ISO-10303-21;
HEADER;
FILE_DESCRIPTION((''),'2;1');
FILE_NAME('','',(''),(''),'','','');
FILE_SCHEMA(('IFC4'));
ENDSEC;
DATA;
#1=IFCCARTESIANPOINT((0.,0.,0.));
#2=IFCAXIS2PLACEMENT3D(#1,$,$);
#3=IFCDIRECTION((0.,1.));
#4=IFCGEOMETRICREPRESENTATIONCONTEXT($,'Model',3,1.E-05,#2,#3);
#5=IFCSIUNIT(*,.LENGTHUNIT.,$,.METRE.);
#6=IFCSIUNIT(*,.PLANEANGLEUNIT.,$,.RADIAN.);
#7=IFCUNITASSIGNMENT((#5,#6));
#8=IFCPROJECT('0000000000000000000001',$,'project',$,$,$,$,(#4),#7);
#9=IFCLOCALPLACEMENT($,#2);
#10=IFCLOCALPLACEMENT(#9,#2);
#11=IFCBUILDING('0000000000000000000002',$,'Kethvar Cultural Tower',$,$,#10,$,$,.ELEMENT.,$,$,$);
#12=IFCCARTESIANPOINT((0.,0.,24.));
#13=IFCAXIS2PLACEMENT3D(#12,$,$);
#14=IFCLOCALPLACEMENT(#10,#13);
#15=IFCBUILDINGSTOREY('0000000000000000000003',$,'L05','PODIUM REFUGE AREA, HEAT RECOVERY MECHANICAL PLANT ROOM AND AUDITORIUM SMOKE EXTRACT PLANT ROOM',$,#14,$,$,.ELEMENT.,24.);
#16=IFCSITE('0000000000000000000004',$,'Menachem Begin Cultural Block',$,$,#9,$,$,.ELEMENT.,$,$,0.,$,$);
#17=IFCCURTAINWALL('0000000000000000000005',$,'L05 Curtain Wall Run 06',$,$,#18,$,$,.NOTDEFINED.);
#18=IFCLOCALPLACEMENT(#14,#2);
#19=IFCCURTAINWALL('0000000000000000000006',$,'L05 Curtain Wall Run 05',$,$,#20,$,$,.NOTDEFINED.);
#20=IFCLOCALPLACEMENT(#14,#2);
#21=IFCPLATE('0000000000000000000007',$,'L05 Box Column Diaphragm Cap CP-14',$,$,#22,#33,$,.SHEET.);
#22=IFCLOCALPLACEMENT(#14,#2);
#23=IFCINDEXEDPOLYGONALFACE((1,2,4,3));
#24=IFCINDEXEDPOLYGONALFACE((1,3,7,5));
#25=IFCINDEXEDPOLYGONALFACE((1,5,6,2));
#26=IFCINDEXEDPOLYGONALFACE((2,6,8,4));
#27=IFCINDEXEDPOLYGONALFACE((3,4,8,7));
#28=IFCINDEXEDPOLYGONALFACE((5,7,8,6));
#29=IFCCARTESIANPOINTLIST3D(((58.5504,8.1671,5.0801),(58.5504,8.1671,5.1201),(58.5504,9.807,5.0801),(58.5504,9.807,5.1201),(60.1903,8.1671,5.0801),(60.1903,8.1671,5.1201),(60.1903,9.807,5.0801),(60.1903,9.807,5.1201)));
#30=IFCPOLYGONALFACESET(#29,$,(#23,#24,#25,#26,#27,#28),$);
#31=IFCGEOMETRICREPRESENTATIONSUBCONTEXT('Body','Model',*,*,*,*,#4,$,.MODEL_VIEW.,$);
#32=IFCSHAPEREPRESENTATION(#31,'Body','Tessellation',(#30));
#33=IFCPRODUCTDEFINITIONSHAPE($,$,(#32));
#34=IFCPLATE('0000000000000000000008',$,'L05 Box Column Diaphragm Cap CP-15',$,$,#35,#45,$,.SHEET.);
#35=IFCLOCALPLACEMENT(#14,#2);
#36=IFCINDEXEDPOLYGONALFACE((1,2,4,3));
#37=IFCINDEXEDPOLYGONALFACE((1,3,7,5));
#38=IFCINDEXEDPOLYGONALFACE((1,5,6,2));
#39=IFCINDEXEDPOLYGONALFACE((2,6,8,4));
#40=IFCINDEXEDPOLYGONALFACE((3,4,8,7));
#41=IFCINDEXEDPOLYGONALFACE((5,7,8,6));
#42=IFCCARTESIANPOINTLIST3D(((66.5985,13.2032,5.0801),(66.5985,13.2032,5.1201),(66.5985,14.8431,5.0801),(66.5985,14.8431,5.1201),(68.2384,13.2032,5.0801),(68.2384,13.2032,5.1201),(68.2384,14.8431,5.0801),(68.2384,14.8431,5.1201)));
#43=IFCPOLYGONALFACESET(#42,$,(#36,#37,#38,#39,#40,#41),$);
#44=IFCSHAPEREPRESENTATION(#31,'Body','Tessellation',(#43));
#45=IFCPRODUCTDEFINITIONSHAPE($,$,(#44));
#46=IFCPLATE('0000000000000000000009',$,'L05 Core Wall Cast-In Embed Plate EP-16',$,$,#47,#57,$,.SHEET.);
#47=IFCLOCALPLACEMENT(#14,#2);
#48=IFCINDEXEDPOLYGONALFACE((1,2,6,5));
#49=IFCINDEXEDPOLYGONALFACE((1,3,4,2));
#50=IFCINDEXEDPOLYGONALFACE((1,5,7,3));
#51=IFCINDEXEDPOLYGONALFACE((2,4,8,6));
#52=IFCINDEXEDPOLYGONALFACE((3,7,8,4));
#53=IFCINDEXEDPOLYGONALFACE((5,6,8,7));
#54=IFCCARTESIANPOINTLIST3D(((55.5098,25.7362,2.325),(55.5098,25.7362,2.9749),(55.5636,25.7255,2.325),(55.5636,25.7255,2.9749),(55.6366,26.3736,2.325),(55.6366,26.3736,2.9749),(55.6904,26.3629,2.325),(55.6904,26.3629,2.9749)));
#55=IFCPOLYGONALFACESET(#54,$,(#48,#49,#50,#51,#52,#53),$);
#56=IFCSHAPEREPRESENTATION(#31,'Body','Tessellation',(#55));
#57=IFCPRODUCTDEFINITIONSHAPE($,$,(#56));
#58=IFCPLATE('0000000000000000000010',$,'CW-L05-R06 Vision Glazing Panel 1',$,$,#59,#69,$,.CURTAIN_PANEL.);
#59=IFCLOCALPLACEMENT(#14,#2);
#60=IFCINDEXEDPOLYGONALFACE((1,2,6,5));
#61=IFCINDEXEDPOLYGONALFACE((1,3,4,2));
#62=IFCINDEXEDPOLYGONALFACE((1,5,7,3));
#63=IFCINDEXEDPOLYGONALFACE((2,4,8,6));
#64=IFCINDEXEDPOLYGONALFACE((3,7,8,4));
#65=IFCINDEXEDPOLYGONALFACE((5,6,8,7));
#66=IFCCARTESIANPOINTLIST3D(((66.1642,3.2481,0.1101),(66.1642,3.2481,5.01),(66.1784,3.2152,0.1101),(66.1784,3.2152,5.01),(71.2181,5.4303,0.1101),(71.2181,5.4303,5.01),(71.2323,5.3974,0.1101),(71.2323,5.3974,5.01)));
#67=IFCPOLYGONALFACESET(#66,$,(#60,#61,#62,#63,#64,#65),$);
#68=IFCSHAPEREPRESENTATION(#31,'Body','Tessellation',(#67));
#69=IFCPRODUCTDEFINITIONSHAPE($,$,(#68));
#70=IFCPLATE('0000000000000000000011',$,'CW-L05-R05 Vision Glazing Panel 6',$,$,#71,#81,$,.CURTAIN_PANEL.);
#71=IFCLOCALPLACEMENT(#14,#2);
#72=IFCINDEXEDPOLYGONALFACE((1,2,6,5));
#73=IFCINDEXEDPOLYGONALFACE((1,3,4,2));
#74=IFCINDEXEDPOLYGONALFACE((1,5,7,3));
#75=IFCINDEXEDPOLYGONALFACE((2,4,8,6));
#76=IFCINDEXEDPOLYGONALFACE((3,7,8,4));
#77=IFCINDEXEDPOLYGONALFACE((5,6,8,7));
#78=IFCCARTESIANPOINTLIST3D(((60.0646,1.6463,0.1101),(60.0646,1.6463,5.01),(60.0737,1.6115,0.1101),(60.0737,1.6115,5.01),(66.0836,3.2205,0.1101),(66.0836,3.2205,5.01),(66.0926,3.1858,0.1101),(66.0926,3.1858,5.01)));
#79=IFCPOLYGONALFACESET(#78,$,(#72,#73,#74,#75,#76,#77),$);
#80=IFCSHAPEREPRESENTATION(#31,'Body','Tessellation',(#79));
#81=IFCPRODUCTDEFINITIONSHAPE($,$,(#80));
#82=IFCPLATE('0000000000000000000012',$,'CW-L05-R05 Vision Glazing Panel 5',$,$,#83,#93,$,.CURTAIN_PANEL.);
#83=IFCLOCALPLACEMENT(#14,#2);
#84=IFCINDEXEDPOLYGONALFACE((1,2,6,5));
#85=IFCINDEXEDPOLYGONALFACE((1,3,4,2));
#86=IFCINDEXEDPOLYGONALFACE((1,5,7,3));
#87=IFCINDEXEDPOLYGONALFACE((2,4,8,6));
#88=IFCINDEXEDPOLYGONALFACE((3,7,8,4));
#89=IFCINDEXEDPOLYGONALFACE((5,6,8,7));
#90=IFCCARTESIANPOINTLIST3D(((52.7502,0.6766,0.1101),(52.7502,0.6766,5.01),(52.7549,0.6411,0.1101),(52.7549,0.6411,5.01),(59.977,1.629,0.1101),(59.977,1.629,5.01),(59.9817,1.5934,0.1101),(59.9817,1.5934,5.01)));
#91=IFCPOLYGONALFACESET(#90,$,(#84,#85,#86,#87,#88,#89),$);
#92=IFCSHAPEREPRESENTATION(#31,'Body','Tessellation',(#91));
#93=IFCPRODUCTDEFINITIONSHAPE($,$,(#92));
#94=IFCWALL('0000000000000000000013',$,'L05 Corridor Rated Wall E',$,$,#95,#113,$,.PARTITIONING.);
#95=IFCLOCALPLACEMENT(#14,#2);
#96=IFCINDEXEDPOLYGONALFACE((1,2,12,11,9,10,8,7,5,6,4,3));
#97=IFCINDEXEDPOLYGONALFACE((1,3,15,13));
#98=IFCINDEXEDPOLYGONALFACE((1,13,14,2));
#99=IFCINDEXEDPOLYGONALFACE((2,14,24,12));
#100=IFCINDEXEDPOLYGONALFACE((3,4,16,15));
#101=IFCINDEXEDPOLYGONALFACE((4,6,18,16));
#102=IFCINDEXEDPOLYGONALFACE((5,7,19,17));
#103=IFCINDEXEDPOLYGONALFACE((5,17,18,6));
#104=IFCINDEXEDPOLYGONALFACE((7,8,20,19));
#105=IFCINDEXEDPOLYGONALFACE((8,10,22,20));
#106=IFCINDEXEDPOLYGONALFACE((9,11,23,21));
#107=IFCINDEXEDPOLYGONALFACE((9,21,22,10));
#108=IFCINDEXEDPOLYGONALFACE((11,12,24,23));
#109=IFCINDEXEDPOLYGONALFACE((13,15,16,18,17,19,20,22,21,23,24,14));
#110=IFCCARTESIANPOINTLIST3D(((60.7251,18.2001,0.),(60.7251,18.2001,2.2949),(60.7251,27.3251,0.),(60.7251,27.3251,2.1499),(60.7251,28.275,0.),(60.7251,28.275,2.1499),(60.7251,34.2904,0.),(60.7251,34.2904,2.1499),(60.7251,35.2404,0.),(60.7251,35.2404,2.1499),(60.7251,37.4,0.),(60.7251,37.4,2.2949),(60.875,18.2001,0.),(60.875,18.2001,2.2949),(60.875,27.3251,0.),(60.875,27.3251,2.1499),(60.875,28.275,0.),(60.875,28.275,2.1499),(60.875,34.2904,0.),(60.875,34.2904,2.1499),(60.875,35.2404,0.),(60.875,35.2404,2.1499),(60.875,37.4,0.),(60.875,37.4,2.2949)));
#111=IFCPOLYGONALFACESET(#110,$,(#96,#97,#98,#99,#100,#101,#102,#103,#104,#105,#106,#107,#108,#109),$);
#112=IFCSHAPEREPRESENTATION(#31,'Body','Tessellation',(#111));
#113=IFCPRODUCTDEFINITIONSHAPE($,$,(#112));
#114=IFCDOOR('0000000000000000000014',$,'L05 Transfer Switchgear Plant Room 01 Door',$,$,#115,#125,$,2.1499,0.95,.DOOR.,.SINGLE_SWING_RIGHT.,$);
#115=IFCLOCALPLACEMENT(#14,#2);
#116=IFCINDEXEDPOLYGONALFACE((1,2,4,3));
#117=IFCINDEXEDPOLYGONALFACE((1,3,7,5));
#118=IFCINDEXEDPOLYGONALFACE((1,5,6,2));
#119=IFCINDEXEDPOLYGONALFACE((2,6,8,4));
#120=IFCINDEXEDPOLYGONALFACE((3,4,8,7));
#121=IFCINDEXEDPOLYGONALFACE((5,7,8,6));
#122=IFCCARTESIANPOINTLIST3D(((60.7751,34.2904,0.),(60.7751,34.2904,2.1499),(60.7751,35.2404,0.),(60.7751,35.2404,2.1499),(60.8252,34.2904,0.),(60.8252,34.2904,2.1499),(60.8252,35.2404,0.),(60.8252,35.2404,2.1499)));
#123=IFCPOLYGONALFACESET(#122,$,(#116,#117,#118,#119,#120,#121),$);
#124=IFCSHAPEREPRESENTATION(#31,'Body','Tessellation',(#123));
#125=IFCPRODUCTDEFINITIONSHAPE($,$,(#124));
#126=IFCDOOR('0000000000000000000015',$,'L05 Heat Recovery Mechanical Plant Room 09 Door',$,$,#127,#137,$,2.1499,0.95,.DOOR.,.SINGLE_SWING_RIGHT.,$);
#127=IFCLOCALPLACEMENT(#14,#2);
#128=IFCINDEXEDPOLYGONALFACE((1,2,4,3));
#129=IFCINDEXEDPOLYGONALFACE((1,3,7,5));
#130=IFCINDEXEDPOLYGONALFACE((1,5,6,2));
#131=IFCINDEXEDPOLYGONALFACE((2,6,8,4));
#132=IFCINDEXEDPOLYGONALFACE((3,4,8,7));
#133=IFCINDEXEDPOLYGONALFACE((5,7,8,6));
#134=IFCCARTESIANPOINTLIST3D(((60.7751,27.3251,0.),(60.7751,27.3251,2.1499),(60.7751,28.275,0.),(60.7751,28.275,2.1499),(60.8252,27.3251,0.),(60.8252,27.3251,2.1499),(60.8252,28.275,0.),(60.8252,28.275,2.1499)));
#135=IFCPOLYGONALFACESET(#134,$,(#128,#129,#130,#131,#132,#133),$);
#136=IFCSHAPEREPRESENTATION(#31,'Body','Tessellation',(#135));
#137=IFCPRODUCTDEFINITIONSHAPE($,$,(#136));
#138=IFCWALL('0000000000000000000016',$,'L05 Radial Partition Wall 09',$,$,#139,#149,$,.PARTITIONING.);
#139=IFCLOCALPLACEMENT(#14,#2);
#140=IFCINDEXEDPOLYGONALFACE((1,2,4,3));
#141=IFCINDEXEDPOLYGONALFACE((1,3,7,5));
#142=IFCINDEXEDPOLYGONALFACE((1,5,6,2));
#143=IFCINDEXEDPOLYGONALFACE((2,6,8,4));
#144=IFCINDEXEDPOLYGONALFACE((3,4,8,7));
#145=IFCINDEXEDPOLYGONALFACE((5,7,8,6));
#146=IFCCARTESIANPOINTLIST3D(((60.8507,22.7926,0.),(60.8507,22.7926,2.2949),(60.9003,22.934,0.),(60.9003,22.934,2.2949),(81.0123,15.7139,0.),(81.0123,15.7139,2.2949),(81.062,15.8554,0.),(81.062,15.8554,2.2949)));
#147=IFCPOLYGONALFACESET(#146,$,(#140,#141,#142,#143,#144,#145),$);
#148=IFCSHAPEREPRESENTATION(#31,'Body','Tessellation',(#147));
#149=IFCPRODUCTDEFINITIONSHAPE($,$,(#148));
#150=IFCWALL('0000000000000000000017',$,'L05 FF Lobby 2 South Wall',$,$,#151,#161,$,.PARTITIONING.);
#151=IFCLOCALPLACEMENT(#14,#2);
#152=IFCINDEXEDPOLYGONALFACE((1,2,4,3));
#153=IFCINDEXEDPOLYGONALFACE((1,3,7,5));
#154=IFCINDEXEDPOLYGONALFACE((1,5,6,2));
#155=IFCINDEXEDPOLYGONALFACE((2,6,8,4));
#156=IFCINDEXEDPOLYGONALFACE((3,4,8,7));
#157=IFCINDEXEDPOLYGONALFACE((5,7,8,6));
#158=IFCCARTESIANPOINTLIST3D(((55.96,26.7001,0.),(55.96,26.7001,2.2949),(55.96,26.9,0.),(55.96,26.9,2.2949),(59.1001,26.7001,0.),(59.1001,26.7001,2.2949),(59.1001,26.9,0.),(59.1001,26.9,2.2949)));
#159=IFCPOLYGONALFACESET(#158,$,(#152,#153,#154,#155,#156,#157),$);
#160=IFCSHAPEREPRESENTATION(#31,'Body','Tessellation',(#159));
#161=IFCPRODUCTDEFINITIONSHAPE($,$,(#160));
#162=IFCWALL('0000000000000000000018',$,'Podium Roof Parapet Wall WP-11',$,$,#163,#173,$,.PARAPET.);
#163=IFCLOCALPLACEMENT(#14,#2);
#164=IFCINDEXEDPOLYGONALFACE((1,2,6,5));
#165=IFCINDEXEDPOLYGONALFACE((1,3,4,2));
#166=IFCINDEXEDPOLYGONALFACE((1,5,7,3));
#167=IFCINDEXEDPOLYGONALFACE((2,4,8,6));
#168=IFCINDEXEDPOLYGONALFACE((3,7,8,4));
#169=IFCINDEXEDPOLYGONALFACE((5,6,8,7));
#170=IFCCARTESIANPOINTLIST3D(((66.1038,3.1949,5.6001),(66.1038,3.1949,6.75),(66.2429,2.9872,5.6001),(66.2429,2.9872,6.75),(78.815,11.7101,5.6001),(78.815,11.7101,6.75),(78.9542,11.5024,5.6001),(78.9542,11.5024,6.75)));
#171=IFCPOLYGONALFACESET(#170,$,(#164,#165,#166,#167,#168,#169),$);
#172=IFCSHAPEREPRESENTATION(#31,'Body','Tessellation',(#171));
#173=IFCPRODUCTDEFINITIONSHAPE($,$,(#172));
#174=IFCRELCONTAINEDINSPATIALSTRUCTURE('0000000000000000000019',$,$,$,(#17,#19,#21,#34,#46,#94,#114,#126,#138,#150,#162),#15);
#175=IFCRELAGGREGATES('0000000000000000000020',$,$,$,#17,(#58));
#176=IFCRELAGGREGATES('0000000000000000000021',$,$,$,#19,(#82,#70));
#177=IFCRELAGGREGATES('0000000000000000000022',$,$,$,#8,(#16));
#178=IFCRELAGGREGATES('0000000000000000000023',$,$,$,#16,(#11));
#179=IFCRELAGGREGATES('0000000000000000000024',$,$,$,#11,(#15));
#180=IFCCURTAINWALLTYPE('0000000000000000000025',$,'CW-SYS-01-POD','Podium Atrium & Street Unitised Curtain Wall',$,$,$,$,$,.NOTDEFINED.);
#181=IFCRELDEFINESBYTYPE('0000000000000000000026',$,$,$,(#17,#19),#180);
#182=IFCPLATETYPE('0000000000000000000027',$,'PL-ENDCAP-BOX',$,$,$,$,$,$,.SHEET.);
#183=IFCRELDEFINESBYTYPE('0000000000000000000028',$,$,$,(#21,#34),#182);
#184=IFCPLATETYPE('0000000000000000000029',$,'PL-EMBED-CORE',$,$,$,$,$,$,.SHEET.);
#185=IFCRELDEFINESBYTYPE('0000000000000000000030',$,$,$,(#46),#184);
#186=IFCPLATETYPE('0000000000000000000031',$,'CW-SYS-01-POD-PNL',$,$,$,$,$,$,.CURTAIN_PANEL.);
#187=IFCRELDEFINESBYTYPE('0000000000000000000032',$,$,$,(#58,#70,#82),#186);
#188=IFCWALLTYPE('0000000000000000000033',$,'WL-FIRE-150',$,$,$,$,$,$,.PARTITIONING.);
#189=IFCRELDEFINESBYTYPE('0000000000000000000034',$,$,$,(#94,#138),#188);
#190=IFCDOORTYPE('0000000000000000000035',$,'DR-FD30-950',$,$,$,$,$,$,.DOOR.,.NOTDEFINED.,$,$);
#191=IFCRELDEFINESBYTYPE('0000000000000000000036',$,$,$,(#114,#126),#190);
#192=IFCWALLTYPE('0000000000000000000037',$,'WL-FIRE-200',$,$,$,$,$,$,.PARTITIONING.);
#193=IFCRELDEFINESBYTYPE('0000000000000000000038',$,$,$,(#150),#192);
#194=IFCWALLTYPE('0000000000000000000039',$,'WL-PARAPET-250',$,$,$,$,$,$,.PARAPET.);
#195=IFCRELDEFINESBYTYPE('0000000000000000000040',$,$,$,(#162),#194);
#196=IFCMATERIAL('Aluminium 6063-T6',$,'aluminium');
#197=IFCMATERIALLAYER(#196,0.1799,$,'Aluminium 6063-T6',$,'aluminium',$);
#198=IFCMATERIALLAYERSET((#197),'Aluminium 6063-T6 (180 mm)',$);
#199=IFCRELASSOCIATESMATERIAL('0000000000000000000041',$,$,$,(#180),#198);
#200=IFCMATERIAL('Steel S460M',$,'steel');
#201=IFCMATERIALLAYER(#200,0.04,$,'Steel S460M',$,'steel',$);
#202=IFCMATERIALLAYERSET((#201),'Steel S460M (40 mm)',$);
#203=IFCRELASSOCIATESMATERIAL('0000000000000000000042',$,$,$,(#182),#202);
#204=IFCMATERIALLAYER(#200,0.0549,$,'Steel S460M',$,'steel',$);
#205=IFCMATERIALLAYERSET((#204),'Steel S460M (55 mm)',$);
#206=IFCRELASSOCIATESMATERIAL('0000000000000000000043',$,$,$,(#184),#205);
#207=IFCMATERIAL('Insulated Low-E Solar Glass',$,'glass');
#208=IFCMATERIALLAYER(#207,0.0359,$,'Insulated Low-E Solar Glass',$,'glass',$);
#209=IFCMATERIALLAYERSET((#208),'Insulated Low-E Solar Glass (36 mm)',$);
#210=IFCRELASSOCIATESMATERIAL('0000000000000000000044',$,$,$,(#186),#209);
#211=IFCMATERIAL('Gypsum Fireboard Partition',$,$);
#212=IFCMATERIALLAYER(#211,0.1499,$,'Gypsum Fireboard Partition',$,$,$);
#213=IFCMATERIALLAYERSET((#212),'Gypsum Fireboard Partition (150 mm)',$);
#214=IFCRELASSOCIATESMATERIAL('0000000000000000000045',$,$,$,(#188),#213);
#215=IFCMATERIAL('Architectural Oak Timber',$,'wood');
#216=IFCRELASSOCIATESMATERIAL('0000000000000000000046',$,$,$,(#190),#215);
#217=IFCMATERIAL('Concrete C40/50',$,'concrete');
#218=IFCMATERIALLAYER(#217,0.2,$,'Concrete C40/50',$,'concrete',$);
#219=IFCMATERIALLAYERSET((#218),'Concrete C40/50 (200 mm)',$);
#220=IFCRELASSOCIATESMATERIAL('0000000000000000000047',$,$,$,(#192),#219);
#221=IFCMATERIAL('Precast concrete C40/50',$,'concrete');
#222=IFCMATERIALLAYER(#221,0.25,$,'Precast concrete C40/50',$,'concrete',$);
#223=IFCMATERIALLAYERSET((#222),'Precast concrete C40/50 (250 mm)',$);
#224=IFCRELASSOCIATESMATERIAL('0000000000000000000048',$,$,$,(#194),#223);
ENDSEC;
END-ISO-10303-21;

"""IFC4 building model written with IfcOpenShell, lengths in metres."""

from ifc_helpers import new_model, si_unit, direction, frame, frame_2d, origin, origin_2d, place, context, subcontext, project, spatial, rectangle, extrude, source, transform, mapped, material, layer, layer_set, type_object, element, fill, aggregate, save


model = new_model("IFC4")

# Units and contexts
model_context = context("Model", 3, precision=1e-05, world=origin(), true_north=direction((0.0, 1.0)))
body_context = subcontext(model_context, "Body", "Model", "MODEL_VIEW")
ifc_project = project(units=[si_unit("LENGTHUNIT", "METRE"), si_unit("PLANEANGLEUNIT", "RADIAN")], contexts=[model_context])

# Site, building, storey
site_placement = place(None, origin())
site = spatial("IfcSite", under=ifc_project, at=site_placement, Name="Menachem Begin Cultural Block", CompositionType="ELEMENT", RefElevation=0.0)
building_placement = place(site_placement, origin())
building = spatial("IfcBuilding", under=site, at=building_placement, Name="Kethvar Cultural Tower", CompositionType="ELEMENT")
storey_placement = place(building_placement, frame((0.0, 0.0, 24.0)))
storey = spatial("IfcBuildingStorey", under=building, at=storey_placement, Name="L05", Description="PODIUM REFUGE AREA, HEAT RECOVERY MECHANICAL PLANT ROOM AND AUDITORIUM SMOKE EXTRACT PLANT ROOM", CompositionType="ELEMENT", Elevation=24.0)

# Shared definitions
ifc_material_1 = material(Name="Steel S460M", Category="steel")

# Curtain walls
ifc_material_2 = material(Name="Aluminium 6063-T6", Category="aluminium")
ifc_layer_1 = layer(ifc_material_2, 0.1799, Name="Aluminium 6063-T6", Category="aluminium")
ifc_layer_set_1 = layer_set([ifc_layer_1], Name="Aluminium 6063-T6 (180 mm)")
curtain_wall_type = type_object("IfcCurtainWallType", Name="CW-SYS-01-POD", Description="Podium Atrium & Street Unitised Curtain Wall", PredefinedType="NOTDEFINED", material=ifc_layer_set_1)
curtain_wall_1_placement = place(storey_placement, origin())
curtain_wall_1 = element("IfcCurtainWall", 1, at=curtain_wall_1_placement, inside=storey, type_object=curtain_wall_type, Name="L05 Curtain Wall Run 06", PredefinedType="NOTDEFINED")
curtain_wall_2_placement = place(storey_placement, origin())
curtain_wall_2 = element("IfcCurtainWall", 2, at=curtain_wall_2_placement, inside=storey, type_object=curtain_wall_type, Name="L05 Curtain Wall Run 05", PredefinedType="NOTDEFINED")

# Plates
ifc_layer_2 = layer(ifc_material_1, 0.04, Name="Steel S460M", Category="steel")
ifc_layer_set_2 = layer_set([ifc_layer_2], Name="Steel S460M (40 mm)")
plate_type_1 = type_object("IfcPlateType", Name="PL-ENDCAP-BOX", PredefinedType="SHEET", material=ifc_layer_set_2)
shared_shape_1 = source(origin(), body_context, "Body", "SweptSolid", [
    extrude(rectangle(XDim=1.6399, YDim=1.6399, at=origin_2d()), origin(), (0.0, 0.0, 1.0), 0.04),
])
for number, where, z_axis, x_axis, name in (
    (3, (59.3704, 8.9871, 5.0801), (0.0, 0.0, 1.0), (1.0, 0.0, 0.0), "L05 Box Column Diaphragm Cap CP-14"),
    (4, (67.4185, 14.0232, 5.0801), (0.0, 0.0, 1.0), (1.0, 0.0, 0.0), "L05 Box Column Diaphragm Cap CP-15"),
):
    element("IfcPlate", number, at=place(storey_placement, frame(where, z_axis=z_axis, x_axis=x_axis)), inside=storey, type_object=plate_type_1, Name=name, PredefinedType="SHEET", context=body_context, shape_type="MappedRepresentation", body=[
        mapped(shared_shape_1, transform((0.0, 0.0, 0.0), scale=1.0)),
    ])
ifc_layer_3 = layer(ifc_material_1, 0.0549, Name="Steel S460M", Category="steel")
ifc_layer_set_3 = layer_set([ifc_layer_3], Name="Steel S460M (55 mm)")
plate_type_2 = type_object("IfcPlateType", Name="PL-EMBED-CORE", PredefinedType="SHEET", material=ifc_layer_set_3)
shared_shape_2 = source(origin(), body_context, "Body", "SweptSolid", [
    extrude(rectangle(XDim=0.0549, YDim=0.6499, at=origin_2d()), origin(), (0.0, 0.0, 1.0), 0.6499),
])
plate_1_placement = place(storey_placement, frame((55.6001, 26.0496, 2.325), z_axis=(0.0, 0.0, 1.0), x_axis=(0.980785, -0.19509, 0.0)))
element("IfcPlate", 5, at=plate_1_placement, inside=storey, type_object=plate_type_2, Name="L05 Core Wall Cast-In Embed Plate EP-16", PredefinedType="SHEET", context=body_context, shape_type="MappedRepresentation", body=[
    mapped(shared_shape_2, transform((0.0, 0.0, 0.0), scale=1.0)),
])

# Plates
ifc_material_3 = material(Name="Insulated Low-E Solar Glass", Category="glass")
ifc_layer_4 = layer(ifc_material_3, 0.0359, Name="Insulated Low-E Solar Glass", Category="glass")
ifc_layer_set_4 = layer_set([ifc_layer_4], Name="Insulated Low-E Solar Glass (36 mm)")
plate_type_3 = type_object("IfcPlateType", Name="CW-SYS-01-POD-PNL", PredefinedType="CURTAIN_PANEL", material=ifc_layer_set_4)
shared_shape_3 = source(origin(), body_context, "Body", "SweptSolid", [
    extrude(rectangle(XDim=5.5049, YDim=0.0359, at=origin_2d()), origin(), (0.0, 0.0, 1.0), 4.8999),
])
plate_2_placement = place(storey_placement, frame((68.6982, 4.3228, 0.1101), z_axis=(0.0, 0.0, 1.0), x_axis=(0.918073, 0.396411, 0.0)))
plate_2 = element("IfcPlate", 6, at=plate_2_placement, type_object=plate_type_3, Name="CW-L05-R06 Vision Glazing Panel 1", PredefinedType="CURTAIN_PANEL", context=body_context, shape_type="MappedRepresentation", body=[
    mapped(shared_shape_3, transform((0.0, 0.0, 0.0), scale=1.0)),
])
aggregate(curtain_wall_1, [plate_2])
shared_shape_4 = source(origin(), body_context, "Body", "SweptSolid", [
    extrude(rectangle(XDim=6.2214, YDim=0.0359, at=origin_2d()), origin(), (0.0, 0.0, 1.0), 4.8999),
])
plate_3_placement = place(storey_placement, frame((63.0786, 2.416, 0.1101), z_axis=(0.0, 0.0, 1.0), x_axis=(0.967458, 0.253032, 0.0)))
plate_3 = element("IfcPlate", 7, at=plate_3_placement, type_object=plate_type_3, Name="CW-L05-R05 Vision Glazing Panel 6", PredefinedType="CURTAIN_PANEL", context=body_context, shape_type="MappedRepresentation", body=[
    mapped(shared_shape_4, transform((0.0, 0.0, 0.0), scale=1.0)),
])
shared_shape_5 = source(origin(), body_context, "Body", "SweptSolid", [
    extrude(rectangle(XDim=7.2893, YDim=0.0359, at=origin_2d()), origin(), (0.0, 0.0, 1.0), 4.8999),
])
plate_4_placement = place(storey_placement, frame((56.366, 1.135, 0.1101), z_axis=(0.0, 0.0, 1.0), x_axis=(0.991429, 0.130647, 0.0)))
plate_4 = element("IfcPlate", 8, at=plate_4_placement, type_object=plate_type_3, Name="CW-L05-R05 Vision Glazing Panel 5", PredefinedType="CURTAIN_PANEL", context=body_context, shape_type="MappedRepresentation", body=[
    mapped(shared_shape_5, transform((0.0, 0.0, 0.0), scale=1.0)),
])
aggregate(curtain_wall_2, [plate_4, plate_3])

# Wall, openings, doors
ifc_material_4 = material(Name="Gypsum Fireboard Partition")
ifc_layer_5 = layer(ifc_material_4, 0.1499, Name="Gypsum Fireboard Partition")
ifc_layer_set_5 = layer_set([ifc_layer_5], Name="Gypsum Fireboard Partition (150 mm)")
wall_type_1 = type_object("IfcWallType", Name="WL-FIRE-150", PredefinedType="PARTITIONING", material=ifc_layer_set_5)
wall_1_placement = place(storey_placement, frame((60.8, 18.2, 0.0), z_axis=(0.0, 0.0, 1.0), x_axis=(0.0, 1.0, 0.0)))
wall_1 = element("IfcWall", 9, at=wall_1_placement, inside=storey, type_object=wall_type_1, Name="L05 Corridor Rated Wall E", PredefinedType="PARTITIONING", context=body_context, shape_type="SweptSolid", body=[
    extrude(rectangle(XDim=19.2, YDim=0.1499, at=frame_2d((9.6001, 0.0))), origin(), (0.0, 0.0, 1.0), 2.2949),
])
opening_1_placement = place(wall_1_placement, frame((16.0903, 0.0, 0.0)))
opening_1 = element("IfcOpeningElement", 10, at=opening_1_placement, cuts=wall_1, PredefinedType="OPENING", context=body_context, shape_type="SweptSolid", body=[
    extrude(rectangle(XDim=0.95, YDim=2.1499, at=frame_2d((0.4751, 1.075))), frame((0.0, 0.085, 0.0), z_axis=(0.0, -1.0, 0.0), x_axis=(1.0, 0.0, 0.0)), (0.0, 0.0, 1.0), 0.1699),
])
opening_2_placement = place(wall_1_placement, frame((9.125, 0.0, 0.0)))
opening_2 = element("IfcOpeningElement", 11, at=opening_2_placement, cuts=wall_1, PredefinedType="OPENING", context=body_context, shape_type="SweptSolid", body=[
    extrude(rectangle(XDim=0.95, YDim=2.1499, at=frame_2d((0.4751, 1.075))), frame((0.0, 0.085, 0.0), z_axis=(0.0, -1.0, 0.0), x_axis=(1.0, 0.0, 0.0)), (0.0, 0.0, 1.0), 0.1699),
])
ifc_material_5 = material(Name="Architectural Oak Timber", Category="wood")
door_type_1 = type_object("IfcDoorType", Name="DR-FD30-950", OperationType="NOTDEFINED", PredefinedType="DOOR", material=ifc_material_5)
shared_shape_6 = source(origin(), body_context, "Body", "SweptSolid", [
    extrude(rectangle(XDim=0.95, YDim=2.1499, at=frame_2d((0.4751, 1.075))), frame((0.0, 0.0249, 0.0), z_axis=(0.0, -1.0, 0.0), x_axis=(1.0, 0.0, 0.0)), (0.0, 0.0, 1.0), 0.05),
])
door_1_placement = place(opening_1_placement, origin())
door_1 = element("IfcDoor", 12, at=door_1_placement, inside=storey, type_object=door_type_1, Name="L05 Transfer Switchgear Plant Room 01 Door", OperationType="SINGLE_SWING_RIGHT", OverallHeight=2.1499, OverallWidth=0.95, PredefinedType="DOOR", context=body_context, shape_type="MappedRepresentation", body=[
    mapped(shared_shape_6, transform((0.0, 0.0, 0.0), scale=1.0)),
])
fill(opening_1, door_1)
door_2_placement = place(opening_2_placement, origin())
door_2 = element("IfcDoor", 13, at=door_2_placement, inside=storey, type_object=door_type_1, Name="L05 Heat Recovery Mechanical Plant Room 09 Door", OperationType="SINGLE_SWING_RIGHT", OverallHeight=2.1499, OverallWidth=0.95, PredefinedType="DOOR", context=body_context, shape_type="MappedRepresentation", body=[
    mapped(shared_shape_6, transform((0.0, 0.0, 0.0), scale=1.0)),
])
fill(opening_2, door_2)

# Wall
wall_2_placement = place(storey_placement, frame((60.8755, 22.8633, 0.0), z_axis=(0.0, 0.0, 1.0), x_axis=(0.943536, -0.331269, 0.0)))
element("IfcWall", 14, at=wall_2_placement, inside=storey, type_object=wall_type_1, Name="L05 Radial Partition Wall 09", PredefinedType="PARTITIONING", context=body_context, shape_type="SweptSolid", body=[
    extrude(rectangle(XDim=21.3682, YDim=0.1499, at=frame_2d((10.6841, 0.0))), origin(), (0.0, 0.0, 1.0), 2.2949),
])

# Shared definitions
ifc_material_6 = material(Name="Concrete C40/50", Category="concrete")
ifc_layer_6 = layer(ifc_material_6, 0.2, Name="Concrete C40/50", Category="concrete")
ifc_layer_set_6 = layer_set([ifc_layer_6], Name="Concrete C40/50 (200 mm)")
wall_type_2 = type_object("IfcWallType", Name="WL-FIRE-200", PredefinedType="PARTITIONING", material=ifc_layer_set_6)

# Walls
wall_3_placement = place(storey_placement, frame((55.96, 26.8, 0.0), z_axis=(0.0, 0.0, 1.0), x_axis=(1.0, 0.0, 0.0)))
element("IfcWall", 15, at=wall_3_placement, inside=storey, type_object=wall_type_2, Name="L05 FF Lobby 2 South Wall", PredefinedType="PARTITIONING", context=body_context, shape_type="SweptSolid", body=[
    extrude(rectangle(XDim=3.1401, YDim=0.2, at=frame_2d((1.5701, 0.0))), origin(), (0.0, 0.0, 1.0), 2.2949),
])
ifc_material_7 = material(Name="Precast concrete C40/50", Category="concrete")
ifc_layer_7 = layer(ifc_material_7, 0.25, Name="Precast concrete C40/50", Category="concrete")
ifc_layer_set_7 = layer_set([ifc_layer_7], Name="Precast concrete C40/50 (250 mm)")
wall_type_3 = type_object("IfcWallType", Name="WL-PARAPET-250", PredefinedType="PARAPET", material=ifc_layer_set_7)
wall_4_placement = place(storey_placement, frame((66.1733, 3.0911, 5.6001), z_axis=(0.0, 0.0, 1.0), x_axis=(0.830811, 0.556555, 0.0)))
element("IfcWall", 16, at=wall_4_placement, inside=storey, type_object=wall_type_3, Name="Podium Roof Parapet Wall WP-11", PredefinedType="PARAPET", context=body_context, shape_type="SweptSolid", body=[
    extrude(rectangle(XDim=15.2998, YDim=0.25, at=frame_2d((7.6499, 0.0))), origin(), (0.0, 0.0, 1.0), 1.1499),
])

save(model, "model.ifc")
